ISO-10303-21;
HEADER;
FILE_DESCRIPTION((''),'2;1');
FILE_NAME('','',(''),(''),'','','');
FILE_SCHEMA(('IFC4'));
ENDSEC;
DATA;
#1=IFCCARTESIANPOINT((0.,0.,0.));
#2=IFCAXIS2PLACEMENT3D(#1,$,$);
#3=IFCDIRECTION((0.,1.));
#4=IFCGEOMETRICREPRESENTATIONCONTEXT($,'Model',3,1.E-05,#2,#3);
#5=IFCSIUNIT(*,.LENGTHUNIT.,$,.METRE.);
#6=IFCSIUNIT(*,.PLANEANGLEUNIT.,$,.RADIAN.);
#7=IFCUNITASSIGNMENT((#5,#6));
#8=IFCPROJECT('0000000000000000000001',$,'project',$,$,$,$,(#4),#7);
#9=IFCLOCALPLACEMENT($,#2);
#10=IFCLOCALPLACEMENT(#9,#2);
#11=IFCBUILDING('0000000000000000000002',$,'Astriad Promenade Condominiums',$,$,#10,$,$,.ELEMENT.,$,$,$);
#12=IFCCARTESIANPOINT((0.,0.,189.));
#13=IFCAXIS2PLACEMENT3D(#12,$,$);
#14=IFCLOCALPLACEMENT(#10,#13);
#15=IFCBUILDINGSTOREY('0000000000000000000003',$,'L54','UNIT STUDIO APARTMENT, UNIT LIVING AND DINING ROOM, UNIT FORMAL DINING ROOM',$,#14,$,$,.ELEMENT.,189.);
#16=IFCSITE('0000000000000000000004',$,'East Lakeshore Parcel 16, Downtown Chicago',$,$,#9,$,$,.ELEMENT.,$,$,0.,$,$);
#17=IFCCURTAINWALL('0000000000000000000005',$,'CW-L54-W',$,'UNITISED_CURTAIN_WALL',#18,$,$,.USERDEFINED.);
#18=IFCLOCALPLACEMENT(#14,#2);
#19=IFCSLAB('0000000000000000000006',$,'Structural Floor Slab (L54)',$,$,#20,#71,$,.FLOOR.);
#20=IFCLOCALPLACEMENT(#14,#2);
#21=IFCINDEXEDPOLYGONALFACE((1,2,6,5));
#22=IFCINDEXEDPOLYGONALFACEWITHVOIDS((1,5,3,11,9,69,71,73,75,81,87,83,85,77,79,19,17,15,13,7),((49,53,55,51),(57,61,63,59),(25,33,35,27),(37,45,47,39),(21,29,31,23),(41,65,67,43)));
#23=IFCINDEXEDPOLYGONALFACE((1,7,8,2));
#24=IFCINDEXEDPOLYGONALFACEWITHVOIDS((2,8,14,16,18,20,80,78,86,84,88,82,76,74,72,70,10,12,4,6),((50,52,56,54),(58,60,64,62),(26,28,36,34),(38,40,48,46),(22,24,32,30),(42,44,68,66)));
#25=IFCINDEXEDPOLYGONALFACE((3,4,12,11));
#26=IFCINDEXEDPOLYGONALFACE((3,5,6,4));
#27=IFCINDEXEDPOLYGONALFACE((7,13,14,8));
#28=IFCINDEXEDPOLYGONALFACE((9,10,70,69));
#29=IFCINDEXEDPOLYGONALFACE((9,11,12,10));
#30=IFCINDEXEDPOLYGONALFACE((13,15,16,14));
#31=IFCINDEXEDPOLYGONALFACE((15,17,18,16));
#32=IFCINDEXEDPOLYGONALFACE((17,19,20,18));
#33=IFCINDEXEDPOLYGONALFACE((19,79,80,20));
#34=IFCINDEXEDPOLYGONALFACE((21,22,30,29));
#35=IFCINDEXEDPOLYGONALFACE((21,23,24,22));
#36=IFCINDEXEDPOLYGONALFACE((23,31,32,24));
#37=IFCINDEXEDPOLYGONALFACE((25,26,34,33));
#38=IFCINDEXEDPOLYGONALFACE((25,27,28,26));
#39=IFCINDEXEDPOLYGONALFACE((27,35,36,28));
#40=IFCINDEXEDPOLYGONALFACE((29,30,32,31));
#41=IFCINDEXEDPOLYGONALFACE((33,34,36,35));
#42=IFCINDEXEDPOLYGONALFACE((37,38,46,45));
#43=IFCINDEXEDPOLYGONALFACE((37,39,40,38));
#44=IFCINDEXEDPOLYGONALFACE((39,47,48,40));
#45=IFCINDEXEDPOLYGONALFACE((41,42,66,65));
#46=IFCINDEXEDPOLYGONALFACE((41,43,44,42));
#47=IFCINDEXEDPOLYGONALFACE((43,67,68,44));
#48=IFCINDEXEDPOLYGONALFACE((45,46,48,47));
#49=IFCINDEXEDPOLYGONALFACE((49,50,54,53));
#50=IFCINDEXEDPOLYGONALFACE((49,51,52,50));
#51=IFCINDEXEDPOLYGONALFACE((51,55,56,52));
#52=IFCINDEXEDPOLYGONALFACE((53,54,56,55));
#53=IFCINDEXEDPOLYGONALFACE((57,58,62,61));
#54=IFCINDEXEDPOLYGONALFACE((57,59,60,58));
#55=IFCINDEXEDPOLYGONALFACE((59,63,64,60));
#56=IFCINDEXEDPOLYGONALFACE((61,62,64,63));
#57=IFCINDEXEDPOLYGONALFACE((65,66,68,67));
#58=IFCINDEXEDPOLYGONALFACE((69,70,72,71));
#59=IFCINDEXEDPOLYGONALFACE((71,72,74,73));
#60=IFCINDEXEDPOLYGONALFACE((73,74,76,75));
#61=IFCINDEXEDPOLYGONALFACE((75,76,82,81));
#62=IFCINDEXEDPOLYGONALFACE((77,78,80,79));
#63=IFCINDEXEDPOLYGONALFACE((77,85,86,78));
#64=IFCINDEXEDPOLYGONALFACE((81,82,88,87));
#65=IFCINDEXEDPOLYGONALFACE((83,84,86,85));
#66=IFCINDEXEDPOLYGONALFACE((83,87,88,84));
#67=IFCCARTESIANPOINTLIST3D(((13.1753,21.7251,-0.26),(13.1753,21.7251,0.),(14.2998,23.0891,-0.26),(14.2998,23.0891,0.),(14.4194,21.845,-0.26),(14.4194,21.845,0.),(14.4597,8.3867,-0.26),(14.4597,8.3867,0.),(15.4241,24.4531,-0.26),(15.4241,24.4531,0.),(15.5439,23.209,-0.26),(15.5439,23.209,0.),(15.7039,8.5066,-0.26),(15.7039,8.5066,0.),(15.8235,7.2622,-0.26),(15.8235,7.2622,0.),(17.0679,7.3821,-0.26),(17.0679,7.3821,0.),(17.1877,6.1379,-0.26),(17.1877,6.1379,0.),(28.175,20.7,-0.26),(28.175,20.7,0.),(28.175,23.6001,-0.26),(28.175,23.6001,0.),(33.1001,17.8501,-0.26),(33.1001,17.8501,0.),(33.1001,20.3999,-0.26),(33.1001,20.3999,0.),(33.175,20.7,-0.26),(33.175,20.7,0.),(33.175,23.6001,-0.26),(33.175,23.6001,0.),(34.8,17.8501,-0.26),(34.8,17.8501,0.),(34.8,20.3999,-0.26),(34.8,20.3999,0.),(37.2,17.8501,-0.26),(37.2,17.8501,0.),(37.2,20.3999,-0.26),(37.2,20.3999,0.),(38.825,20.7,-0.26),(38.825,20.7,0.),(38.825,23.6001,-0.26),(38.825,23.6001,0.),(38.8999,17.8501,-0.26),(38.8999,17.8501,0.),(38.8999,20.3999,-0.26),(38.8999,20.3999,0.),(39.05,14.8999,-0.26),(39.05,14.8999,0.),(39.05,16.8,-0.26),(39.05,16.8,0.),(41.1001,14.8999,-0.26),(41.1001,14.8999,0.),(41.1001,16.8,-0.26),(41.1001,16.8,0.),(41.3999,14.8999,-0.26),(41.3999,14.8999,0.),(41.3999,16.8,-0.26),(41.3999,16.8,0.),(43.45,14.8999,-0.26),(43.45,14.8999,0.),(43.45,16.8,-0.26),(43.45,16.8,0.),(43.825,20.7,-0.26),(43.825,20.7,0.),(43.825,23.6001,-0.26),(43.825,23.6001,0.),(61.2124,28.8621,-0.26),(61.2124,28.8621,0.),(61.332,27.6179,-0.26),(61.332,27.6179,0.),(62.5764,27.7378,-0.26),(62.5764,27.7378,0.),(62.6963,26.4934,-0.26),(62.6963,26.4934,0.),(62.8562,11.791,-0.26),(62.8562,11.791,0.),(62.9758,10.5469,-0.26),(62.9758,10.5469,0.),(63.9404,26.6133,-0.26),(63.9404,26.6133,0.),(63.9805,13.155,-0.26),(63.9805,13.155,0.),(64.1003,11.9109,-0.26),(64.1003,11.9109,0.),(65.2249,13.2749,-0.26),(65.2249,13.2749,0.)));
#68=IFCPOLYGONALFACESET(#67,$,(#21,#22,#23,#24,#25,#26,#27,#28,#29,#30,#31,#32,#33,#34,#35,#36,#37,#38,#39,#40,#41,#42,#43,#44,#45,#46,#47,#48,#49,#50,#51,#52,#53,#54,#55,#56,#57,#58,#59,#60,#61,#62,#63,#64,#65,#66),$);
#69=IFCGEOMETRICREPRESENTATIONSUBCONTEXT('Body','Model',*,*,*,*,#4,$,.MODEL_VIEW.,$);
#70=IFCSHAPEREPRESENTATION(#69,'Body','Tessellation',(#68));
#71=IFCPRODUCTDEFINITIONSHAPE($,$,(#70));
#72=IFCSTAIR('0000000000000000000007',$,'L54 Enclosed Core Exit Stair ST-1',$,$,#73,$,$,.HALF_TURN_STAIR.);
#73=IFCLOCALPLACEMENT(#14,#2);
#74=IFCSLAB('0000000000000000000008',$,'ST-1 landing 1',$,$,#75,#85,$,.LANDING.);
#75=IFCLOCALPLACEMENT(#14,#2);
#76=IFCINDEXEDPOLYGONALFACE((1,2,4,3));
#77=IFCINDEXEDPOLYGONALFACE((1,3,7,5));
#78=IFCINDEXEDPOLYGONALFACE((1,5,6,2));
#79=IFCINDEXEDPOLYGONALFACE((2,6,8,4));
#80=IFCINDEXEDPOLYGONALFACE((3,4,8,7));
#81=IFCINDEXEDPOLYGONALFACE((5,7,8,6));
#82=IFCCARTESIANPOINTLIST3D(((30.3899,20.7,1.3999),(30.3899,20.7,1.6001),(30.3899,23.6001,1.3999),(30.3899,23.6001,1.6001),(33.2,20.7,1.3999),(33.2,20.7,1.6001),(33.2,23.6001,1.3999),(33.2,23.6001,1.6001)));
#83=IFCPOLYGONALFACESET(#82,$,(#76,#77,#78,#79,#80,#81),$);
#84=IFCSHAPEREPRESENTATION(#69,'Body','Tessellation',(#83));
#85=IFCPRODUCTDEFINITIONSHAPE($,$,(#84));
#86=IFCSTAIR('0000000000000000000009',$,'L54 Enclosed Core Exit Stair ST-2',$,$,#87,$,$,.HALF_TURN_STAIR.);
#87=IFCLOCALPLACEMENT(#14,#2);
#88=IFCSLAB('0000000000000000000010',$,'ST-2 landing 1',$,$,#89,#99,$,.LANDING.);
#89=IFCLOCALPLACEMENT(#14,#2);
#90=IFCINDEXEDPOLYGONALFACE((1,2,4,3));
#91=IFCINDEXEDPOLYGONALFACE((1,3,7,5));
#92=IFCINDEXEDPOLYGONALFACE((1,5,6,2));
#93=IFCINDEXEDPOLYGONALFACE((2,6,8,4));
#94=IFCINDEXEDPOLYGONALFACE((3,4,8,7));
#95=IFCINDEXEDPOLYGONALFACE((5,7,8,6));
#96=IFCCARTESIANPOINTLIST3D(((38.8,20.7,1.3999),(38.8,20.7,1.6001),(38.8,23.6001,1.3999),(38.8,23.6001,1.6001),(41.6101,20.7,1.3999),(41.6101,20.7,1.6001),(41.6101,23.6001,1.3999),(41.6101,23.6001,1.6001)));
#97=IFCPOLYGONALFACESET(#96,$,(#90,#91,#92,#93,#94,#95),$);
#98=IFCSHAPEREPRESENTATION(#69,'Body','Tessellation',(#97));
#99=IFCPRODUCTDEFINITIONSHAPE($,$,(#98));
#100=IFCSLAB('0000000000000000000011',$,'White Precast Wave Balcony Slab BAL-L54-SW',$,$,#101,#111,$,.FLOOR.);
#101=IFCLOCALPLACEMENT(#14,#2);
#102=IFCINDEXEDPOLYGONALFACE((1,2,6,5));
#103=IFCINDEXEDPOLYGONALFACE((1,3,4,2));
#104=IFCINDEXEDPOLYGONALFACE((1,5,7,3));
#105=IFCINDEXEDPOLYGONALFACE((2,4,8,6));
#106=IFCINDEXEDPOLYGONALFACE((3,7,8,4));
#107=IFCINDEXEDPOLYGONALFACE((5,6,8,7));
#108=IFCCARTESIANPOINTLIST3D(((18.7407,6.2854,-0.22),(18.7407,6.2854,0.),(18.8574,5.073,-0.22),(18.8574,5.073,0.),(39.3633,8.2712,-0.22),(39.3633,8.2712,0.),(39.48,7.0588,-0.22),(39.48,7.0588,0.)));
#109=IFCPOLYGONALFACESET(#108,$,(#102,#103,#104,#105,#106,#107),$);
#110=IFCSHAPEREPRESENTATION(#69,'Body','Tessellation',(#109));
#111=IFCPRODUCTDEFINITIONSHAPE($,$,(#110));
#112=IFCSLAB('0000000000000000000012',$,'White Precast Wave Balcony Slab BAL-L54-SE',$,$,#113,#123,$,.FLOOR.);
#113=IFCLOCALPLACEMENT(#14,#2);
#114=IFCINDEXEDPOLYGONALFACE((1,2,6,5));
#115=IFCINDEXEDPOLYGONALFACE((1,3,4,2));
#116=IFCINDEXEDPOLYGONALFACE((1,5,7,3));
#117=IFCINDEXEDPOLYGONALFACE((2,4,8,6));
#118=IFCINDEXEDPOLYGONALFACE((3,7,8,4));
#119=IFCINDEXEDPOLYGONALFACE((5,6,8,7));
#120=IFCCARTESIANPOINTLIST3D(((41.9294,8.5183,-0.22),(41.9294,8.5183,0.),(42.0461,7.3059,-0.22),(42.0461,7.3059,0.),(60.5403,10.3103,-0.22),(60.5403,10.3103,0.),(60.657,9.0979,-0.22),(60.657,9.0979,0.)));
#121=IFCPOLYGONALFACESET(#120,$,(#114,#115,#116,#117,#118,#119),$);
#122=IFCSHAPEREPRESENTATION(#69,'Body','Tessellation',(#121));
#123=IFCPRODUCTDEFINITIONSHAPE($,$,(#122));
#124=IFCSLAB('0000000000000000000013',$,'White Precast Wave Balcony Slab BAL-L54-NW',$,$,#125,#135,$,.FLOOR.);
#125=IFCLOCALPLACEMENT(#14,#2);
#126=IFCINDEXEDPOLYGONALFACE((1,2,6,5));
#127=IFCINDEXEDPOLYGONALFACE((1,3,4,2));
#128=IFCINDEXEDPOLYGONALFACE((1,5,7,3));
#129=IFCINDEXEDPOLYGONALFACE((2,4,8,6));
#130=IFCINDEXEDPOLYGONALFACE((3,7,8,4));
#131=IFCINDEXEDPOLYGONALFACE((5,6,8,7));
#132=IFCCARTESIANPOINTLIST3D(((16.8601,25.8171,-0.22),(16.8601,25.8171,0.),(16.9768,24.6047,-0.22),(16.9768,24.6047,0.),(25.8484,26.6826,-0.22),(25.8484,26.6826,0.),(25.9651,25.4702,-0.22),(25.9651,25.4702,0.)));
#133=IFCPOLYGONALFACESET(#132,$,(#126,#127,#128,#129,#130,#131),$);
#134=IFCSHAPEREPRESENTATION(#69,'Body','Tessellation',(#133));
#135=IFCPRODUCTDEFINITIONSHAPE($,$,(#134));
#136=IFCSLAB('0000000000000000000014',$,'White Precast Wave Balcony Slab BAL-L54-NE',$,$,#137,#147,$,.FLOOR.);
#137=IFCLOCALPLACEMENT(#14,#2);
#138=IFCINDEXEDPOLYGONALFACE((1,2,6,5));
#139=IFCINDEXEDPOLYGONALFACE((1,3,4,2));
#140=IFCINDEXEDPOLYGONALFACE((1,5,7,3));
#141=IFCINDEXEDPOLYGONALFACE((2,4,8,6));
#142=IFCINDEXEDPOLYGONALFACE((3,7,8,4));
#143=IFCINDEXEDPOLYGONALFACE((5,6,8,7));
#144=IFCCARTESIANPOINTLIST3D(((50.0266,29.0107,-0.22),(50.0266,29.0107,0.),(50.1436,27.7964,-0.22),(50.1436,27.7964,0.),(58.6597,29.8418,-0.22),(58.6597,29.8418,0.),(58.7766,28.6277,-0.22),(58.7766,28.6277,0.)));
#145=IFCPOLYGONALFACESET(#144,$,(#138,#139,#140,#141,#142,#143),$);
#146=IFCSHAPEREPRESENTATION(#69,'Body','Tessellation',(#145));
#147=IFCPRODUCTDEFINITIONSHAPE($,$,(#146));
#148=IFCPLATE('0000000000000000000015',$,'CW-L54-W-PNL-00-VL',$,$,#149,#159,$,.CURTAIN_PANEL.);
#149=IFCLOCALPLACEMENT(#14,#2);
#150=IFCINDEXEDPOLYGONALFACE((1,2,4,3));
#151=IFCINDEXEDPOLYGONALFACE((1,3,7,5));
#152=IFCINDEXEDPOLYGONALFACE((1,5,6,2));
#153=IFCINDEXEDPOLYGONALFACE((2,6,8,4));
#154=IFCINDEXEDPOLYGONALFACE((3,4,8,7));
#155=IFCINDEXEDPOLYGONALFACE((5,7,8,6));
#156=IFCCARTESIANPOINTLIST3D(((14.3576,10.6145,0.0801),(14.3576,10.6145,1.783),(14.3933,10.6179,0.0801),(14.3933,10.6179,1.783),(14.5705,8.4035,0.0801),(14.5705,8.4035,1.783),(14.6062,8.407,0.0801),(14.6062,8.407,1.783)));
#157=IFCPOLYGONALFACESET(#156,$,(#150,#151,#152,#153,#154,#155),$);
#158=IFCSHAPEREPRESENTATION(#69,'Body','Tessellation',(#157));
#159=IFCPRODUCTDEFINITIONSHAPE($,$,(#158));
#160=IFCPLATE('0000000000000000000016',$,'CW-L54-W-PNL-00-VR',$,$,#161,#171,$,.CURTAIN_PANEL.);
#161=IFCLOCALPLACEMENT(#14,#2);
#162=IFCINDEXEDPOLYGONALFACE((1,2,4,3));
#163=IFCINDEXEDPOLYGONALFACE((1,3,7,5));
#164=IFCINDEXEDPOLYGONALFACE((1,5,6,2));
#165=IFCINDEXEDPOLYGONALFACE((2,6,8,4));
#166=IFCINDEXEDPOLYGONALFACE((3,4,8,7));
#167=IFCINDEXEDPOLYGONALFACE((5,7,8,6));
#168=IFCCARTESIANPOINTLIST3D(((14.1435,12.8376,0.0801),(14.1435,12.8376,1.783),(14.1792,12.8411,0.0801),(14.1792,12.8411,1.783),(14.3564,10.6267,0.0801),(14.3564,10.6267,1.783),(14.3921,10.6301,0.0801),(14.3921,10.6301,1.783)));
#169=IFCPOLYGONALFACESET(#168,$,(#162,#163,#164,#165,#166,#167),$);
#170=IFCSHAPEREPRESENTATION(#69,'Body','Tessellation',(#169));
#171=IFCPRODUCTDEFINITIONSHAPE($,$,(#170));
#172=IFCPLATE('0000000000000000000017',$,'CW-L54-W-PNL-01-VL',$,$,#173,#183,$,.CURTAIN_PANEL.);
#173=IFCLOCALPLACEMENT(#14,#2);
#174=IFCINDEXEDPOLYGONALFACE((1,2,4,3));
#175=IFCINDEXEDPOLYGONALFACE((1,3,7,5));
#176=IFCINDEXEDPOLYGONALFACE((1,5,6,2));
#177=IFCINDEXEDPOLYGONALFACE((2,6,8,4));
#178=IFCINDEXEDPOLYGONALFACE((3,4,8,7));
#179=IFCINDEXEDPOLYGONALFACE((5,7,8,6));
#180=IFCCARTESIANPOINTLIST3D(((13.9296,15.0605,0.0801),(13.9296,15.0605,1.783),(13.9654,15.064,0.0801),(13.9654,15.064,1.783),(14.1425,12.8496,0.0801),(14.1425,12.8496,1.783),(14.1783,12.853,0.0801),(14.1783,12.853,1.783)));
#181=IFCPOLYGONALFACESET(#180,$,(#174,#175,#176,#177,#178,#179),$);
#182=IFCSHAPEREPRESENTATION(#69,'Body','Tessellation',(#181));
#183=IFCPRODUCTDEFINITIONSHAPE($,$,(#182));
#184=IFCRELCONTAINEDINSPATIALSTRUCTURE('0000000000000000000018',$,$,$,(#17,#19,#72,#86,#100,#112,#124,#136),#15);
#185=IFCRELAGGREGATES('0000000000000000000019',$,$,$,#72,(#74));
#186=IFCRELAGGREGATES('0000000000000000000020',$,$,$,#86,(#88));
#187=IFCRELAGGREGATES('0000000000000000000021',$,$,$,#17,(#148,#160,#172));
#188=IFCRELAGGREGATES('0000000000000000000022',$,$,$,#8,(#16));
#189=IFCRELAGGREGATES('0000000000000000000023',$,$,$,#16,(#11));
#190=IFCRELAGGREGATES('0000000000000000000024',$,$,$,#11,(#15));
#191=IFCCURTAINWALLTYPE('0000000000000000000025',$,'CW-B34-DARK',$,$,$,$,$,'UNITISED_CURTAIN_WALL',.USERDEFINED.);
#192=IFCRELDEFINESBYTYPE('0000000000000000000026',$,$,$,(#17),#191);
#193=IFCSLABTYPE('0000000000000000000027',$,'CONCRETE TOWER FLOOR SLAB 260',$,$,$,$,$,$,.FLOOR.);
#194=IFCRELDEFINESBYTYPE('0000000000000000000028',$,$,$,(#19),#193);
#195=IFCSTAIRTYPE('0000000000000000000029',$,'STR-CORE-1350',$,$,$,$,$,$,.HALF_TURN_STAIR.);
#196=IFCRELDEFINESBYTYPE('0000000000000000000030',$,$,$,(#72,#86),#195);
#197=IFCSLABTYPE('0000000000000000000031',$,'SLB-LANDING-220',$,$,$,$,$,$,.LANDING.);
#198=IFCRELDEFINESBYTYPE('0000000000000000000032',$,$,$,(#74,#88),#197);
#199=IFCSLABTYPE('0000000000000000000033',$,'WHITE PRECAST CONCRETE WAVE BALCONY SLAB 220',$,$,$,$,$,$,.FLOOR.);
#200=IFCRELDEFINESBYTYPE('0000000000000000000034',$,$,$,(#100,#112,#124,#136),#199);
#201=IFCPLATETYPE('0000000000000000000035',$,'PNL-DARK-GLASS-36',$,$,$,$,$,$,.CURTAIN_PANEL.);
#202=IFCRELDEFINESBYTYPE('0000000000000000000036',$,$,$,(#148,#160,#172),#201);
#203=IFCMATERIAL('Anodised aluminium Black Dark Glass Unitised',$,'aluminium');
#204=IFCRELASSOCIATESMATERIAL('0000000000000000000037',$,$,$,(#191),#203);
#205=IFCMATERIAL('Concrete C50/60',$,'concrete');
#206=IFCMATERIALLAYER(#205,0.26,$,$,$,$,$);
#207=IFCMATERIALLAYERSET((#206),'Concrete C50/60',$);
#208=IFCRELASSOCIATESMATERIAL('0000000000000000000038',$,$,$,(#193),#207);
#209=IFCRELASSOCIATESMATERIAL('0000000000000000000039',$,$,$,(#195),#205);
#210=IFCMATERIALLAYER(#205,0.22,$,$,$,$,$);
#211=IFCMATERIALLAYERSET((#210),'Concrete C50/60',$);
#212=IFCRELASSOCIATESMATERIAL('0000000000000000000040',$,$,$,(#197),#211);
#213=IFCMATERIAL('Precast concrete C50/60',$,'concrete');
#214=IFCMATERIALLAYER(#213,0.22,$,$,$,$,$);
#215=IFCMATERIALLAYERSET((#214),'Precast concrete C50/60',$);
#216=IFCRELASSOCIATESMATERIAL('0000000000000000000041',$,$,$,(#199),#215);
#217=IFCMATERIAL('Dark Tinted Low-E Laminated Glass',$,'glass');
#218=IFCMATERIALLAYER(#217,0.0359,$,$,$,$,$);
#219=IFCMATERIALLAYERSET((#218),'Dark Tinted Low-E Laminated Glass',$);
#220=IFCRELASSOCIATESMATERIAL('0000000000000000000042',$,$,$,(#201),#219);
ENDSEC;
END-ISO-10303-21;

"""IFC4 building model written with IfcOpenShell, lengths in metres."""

from ifc_helpers import new_model, si_unit, direction, frame, origin, origin_2d, place, context, subcontext, project, spatial, polyline, rectangle, outline, extrude, source, transform, mapped, material, layer, layer_set, type_object, element, aggregate, save


model = new_model("IFC4")

# Units and contexts
model_context = context("Model", 3, precision=1e-05, world=origin(), true_north=direction((0.0, 1.0)))
body_context = subcontext(model_context, "Body", "Model", "MODEL_VIEW")
ifc_project = project(units=[si_unit("LENGTHUNIT", "METRE"), si_unit("PLANEANGLEUNIT", "RADIAN")], contexts=[model_context])

# Site, building, storey
site_placement = place(None, origin())
site = spatial("IfcSite", under=ifc_project, at=site_placement, Name="East Lakeshore Parcel 16, Downtown Chicago", CompositionType="ELEMENT", RefElevation=0.0)
building_placement = place(site_placement, origin())
building = spatial("IfcBuilding", under=site, at=building_placement, Name="Astriad Promenade Condominiums", CompositionType="ELEMENT")
storey_placement = place(building_placement, frame((0.0, 0.0, 189.0)))
storey = spatial("IfcBuildingStorey", under=building, at=storey_placement, Name="L54", Description="UNIT STUDIO APARTMENT, UNIT LIVING AND DINING ROOM, UNIT FORMAL DINING ROOM", CompositionType="ELEMENT", Elevation=189.0)

# Shared definitions
ifc_material_1 = material(Name="Concrete C50/60", Category="concrete")

# Curtain wall
ifc_material_2 = material(Name="Anodised aluminium Black Dark Glass Unitised", Category="aluminium")
curtain_wall_type = type_object("IfcCurtainWallType", Name="CW-B34-DARK", ElementType="UNITISED_CURTAIN_WALL", PredefinedType="USERDEFINED", material=ifc_material_2)
curtain_wall_placement = place(storey_placement, origin())
curtain_wall = element("IfcCurtainWall", 1, at=curtain_wall_placement, inside=storey, type_object=curtain_wall_type, Name="CW-L54-W", ObjectType="UNITISED_CURTAIN_WALL", PredefinedType="USERDEFINED")

# Slab
ifc_layer_1 = layer(ifc_material_1, 0.26)
ifc_layer_set_1 = layer_set([ifc_layer_1], Name="Concrete C50/60")
slab_type_1 = type_object("IfcSlabType", Name="CONCRETE TOWER FLOOR SLAB 260", PredefinedType="FLOOR", material=ifc_layer_set_1)
slab_1_placement = place(storey_placement, frame((0.0, 0.0, -0.26)))
element("IfcSlab", 2, at=slab_1_placement, inside=storey, type_object=slab_type_1, Name="Structural Floor Slab (L54)", PredefinedType="FLOOR", context=body_context, shape_type="SweptSolid", body=[
    extrude(outline(polyline([(17.1877, 6.1379), (62.9758, 10.5469), (62.8562, 11.791), (64.1003, 11.9109), (63.9805, 13.155), (65.2249, 13.2749), (63.9404, 26.6133), (62.6963, 26.4934), (62.5764, 27.7378), (61.332, 27.6179), (61.2124, 28.8621), (15.4241, 24.4531), (15.5439, 23.209), (14.2998, 23.0891), (14.4194, 21.845), (13.1753, 21.7251), (14.4597, 8.3867), (15.7039, 8.5066), (15.8235, 7.2622), (17.0679, 7.3821), (17.1877, 6.1379)]), holes=[polyline([(28.175, 20.7), (33.175, 20.7), (33.175, 23.6001), (28.175, 23.6001), (28.175, 20.7)]), polyline([(38.825, 20.7), (43.825, 20.7), (43.825, 23.6001), (38.825, 23.6001), (38.825, 20.7)]), polyline([(33.1001, 17.8501), (34.8, 17.8501), (34.8, 20.3999), (33.1001, 20.3999), (33.1001, 17.8501)]), polyline([(37.2, 17.8501), (38.8999, 17.8501), (38.8999, 20.3999), (37.2, 20.3999), (37.2, 17.8501)]), polyline([(39.05, 14.8999), (41.1001, 14.8999), (41.1001, 16.8), (39.05, 16.8), (39.05, 14.8999)]), polyline([(41.3999, 14.8999), (43.45, 14.8999), (43.45, 16.8), (41.3999, 16.8), (41.3999, 14.8999)])]), origin(), (0.0, 0.0, 1.0), 0.26),
])

# Stairs, slabs
stair_type = type_object("IfcStairType", Name="STR-CORE-1350", PredefinedType="HALF_TURN_STAIR", material=ifc_material_1)
stair_1_placement = place(storey_placement, origin())
stair_1 = element("IfcStair", 3, at=stair_1_placement, inside=storey, type_object=stair_type, Name="L54 Enclosed Core Exit Stair ST-1", PredefinedType="HALF_TURN_STAIR")
ifc_layer_2 = layer(ifc_material_1, 0.22)
ifc_layer_set_2 = layer_set([ifc_layer_2], Name="Concrete C50/60")
slab_type_2 = type_object("IfcSlabType", Name="SLB-LANDING-220", PredefinedType="LANDING", material=ifc_layer_set_2)
slab_2_placement = place(storey_placement, frame((0.0, 0.0, 1.3999)))
slab_2 = element("IfcSlab", 4, at=slab_2_placement, type_object=slab_type_2, Name="ST-1 landing 1", PredefinedType="LANDING", context=body_context, shape_type="SweptSolid", body=[
    extrude(outline(polyline([(30.3899, 20.7), (33.2, 20.7), (33.2, 23.6001), (30.3899, 23.6001), (30.3899, 20.7)])), origin(), (0.0, 0.0, 1.0), 0.2002),
])
aggregate(stair_1, [slab_2])
stair_2_placement = place(storey_placement, origin())
stair_2 = element("IfcStair", 5, at=stair_2_placement, inside=storey, type_object=stair_type, Name="L54 Enclosed Core Exit Stair ST-2", PredefinedType="HALF_TURN_STAIR")
slab_3_placement = place(storey_placement, frame((0.0, 0.0, 1.3999)))
slab_3 = element("IfcSlab", 6, at=slab_3_placement, type_object=slab_type_2, Name="ST-2 landing 1", PredefinedType="LANDING", context=body_context, shape_type="SweptSolid", body=[
    extrude(outline(polyline([(41.6101, 23.6001), (38.8, 23.6001), (38.8, 20.7), (41.6101, 20.7), (41.6101, 23.6001)])), origin(), (0.0, 0.0, 1.0), 0.2002),
])
aggregate(stair_2, [slab_3])

# Slabs
ifc_material_3 = material(Name="Precast concrete C50/60", Category="concrete")
ifc_layer_3 = layer(ifc_material_3, 0.22)
ifc_layer_set_3 = layer_set([ifc_layer_3], Name="Precast concrete C50/60")
slab_type_3 = type_object("IfcSlabType", Name="WHITE PRECAST CONCRETE WAVE BALCONY SLAB 220", PredefinedType="FLOOR", material=ifc_layer_set_3)
slab_4_placement = place(storey_placement, frame((0.0, 0.0, -0.22)))
element("IfcSlab", 7, at=slab_4_placement, inside=storey, type_object=slab_type_3, Name="White Precast Wave Balcony Slab BAL-L54-SW", PredefinedType="FLOOR", context=body_context, shape_type="SweptSolid", body=[
    extrude(outline(polyline([(39.48, 7.0588), (18.8574, 5.073), (18.7407, 6.2854), (39.3633, 8.2712), (39.48, 7.0588)])), origin(), (0.0, 0.0, 1.0), 0.22),
])
slab_5_placement = place(storey_placement, frame((0.0, 0.0, -0.22)))
element("IfcSlab", 8, at=slab_5_placement, inside=storey, type_object=slab_type_3, Name="White Precast Wave Balcony Slab BAL-L54-SE", PredefinedType="FLOOR", context=body_context, shape_type="SweptSolid", body=[
    extrude(outline(polyline([(60.657, 9.0979), (42.0461, 7.3059), (41.9294, 8.5183), (60.5403, 10.3103), (60.657, 9.0979)])), origin(), (0.0, 0.0, 1.0), 0.22),
])
slab_6_placement = place(storey_placement, frame((0.0, 0.0, -0.22)))
element("IfcSlab", 9, at=slab_6_placement, inside=storey, type_object=slab_type_3, Name="White Precast Wave Balcony Slab BAL-L54-NW", PredefinedType="FLOOR", context=body_context, shape_type="SweptSolid", body=[
    extrude(outline(polyline([(16.8601, 25.8171), (25.8484, 26.6826), (25.9651, 25.4702), (16.9768, 24.6047), (16.8601, 25.8171)])), origin(), (0.0, 0.0, 1.0), 0.22),
])
slab_7_placement = place(storey_placement, frame((0.0, 0.0, -0.22)))
element("IfcSlab", 10, at=slab_7_placement, inside=storey, type_object=slab_type_3, Name="White Precast Wave Balcony Slab BAL-L54-NE", PredefinedType="FLOOR", context=body_context, shape_type="SweptSolid", body=[
    extrude(outline(polyline([(50.1436, 27.7964), (58.7766, 28.6277), (58.6597, 29.8418), (50.0266, 29.0107), (50.1436, 27.7964)])), origin(), (0.0, 0.0, 1.0), 0.22),
])

# Plates
ifc_material_4 = material(Name="Dark Tinted Low-E Laminated Glass", Category="glass")
ifc_layer_4 = layer(ifc_material_4, 0.0359)
ifc_layer_set_4 = layer_set([ifc_layer_4], Name="Dark Tinted Low-E Laminated Glass")
plate_type = type_object("IfcPlateType", Name="PNL-DARK-GLASS-36", PredefinedType="CURTAIN_PANEL", material=ifc_layer_set_4)
shared_shape_1 = source(origin(), body_context, "Body", "SweptSolid", [
    extrude(rectangle(XDim=2.2212, YDim=0.0359, at=origin_2d()), origin(), (0.0, 0.0, 1.0), 1.7029),
])
plate_1_placement = place(storey_placement, frame((14.4819, 9.5107, 0.0801), z_axis=(0.0, 0.0, 1.0), x_axis=(-0.095846, 0.995396, 0.0)))
plate_1 = element("IfcPlate", 11, at=plate_1_placement, type_object=plate_type, Name="CW-L54-W-PNL-00-VL", PredefinedType="CURTAIN_PANEL", context=body_context, shape_type="MappedRepresentation", body=[
    mapped(shared_shape_1, transform((0.0, 0.0, 0.0), scale=1.0)),
])
plate_2_placement = place(storey_placement, frame((14.2678, 11.7339, 0.0801), z_axis=(0.0, 0.0, 1.0), x_axis=(-0.095846, 0.995396, 0.0)))
plate_2 = element("IfcPlate", 12, at=plate_2_placement, type_object=plate_type, Name="CW-L54-W-PNL-00-VR", PredefinedType="CURTAIN_PANEL", context=body_context, shape_type="MappedRepresentation", body=[
    mapped(shared_shape_1, transform((0.0, 0.0, 0.0), scale=1.0)),
])
plate_3_placement = place(storey_placement, frame((14.054, 13.9568, 0.0801), z_axis=(0.0, 0.0, 1.0), x_axis=(-0.095846, 0.995396, 0.0)))
plate_3 = element("IfcPlate", 13, at=plate_3_placement, type_object=plate_type, Name="CW-L54-W-PNL-01-VL", PredefinedType="CURTAIN_PANEL", context=body_context, shape_type="MappedRepresentation", body=[
    mapped(shared_shape_1, transform((0.0, 0.0, 0.0), scale=1.0)),
])
aggregate(curtain_wall, [plate_1, plate_2, plate_3])

save(model, "model.ifc")
